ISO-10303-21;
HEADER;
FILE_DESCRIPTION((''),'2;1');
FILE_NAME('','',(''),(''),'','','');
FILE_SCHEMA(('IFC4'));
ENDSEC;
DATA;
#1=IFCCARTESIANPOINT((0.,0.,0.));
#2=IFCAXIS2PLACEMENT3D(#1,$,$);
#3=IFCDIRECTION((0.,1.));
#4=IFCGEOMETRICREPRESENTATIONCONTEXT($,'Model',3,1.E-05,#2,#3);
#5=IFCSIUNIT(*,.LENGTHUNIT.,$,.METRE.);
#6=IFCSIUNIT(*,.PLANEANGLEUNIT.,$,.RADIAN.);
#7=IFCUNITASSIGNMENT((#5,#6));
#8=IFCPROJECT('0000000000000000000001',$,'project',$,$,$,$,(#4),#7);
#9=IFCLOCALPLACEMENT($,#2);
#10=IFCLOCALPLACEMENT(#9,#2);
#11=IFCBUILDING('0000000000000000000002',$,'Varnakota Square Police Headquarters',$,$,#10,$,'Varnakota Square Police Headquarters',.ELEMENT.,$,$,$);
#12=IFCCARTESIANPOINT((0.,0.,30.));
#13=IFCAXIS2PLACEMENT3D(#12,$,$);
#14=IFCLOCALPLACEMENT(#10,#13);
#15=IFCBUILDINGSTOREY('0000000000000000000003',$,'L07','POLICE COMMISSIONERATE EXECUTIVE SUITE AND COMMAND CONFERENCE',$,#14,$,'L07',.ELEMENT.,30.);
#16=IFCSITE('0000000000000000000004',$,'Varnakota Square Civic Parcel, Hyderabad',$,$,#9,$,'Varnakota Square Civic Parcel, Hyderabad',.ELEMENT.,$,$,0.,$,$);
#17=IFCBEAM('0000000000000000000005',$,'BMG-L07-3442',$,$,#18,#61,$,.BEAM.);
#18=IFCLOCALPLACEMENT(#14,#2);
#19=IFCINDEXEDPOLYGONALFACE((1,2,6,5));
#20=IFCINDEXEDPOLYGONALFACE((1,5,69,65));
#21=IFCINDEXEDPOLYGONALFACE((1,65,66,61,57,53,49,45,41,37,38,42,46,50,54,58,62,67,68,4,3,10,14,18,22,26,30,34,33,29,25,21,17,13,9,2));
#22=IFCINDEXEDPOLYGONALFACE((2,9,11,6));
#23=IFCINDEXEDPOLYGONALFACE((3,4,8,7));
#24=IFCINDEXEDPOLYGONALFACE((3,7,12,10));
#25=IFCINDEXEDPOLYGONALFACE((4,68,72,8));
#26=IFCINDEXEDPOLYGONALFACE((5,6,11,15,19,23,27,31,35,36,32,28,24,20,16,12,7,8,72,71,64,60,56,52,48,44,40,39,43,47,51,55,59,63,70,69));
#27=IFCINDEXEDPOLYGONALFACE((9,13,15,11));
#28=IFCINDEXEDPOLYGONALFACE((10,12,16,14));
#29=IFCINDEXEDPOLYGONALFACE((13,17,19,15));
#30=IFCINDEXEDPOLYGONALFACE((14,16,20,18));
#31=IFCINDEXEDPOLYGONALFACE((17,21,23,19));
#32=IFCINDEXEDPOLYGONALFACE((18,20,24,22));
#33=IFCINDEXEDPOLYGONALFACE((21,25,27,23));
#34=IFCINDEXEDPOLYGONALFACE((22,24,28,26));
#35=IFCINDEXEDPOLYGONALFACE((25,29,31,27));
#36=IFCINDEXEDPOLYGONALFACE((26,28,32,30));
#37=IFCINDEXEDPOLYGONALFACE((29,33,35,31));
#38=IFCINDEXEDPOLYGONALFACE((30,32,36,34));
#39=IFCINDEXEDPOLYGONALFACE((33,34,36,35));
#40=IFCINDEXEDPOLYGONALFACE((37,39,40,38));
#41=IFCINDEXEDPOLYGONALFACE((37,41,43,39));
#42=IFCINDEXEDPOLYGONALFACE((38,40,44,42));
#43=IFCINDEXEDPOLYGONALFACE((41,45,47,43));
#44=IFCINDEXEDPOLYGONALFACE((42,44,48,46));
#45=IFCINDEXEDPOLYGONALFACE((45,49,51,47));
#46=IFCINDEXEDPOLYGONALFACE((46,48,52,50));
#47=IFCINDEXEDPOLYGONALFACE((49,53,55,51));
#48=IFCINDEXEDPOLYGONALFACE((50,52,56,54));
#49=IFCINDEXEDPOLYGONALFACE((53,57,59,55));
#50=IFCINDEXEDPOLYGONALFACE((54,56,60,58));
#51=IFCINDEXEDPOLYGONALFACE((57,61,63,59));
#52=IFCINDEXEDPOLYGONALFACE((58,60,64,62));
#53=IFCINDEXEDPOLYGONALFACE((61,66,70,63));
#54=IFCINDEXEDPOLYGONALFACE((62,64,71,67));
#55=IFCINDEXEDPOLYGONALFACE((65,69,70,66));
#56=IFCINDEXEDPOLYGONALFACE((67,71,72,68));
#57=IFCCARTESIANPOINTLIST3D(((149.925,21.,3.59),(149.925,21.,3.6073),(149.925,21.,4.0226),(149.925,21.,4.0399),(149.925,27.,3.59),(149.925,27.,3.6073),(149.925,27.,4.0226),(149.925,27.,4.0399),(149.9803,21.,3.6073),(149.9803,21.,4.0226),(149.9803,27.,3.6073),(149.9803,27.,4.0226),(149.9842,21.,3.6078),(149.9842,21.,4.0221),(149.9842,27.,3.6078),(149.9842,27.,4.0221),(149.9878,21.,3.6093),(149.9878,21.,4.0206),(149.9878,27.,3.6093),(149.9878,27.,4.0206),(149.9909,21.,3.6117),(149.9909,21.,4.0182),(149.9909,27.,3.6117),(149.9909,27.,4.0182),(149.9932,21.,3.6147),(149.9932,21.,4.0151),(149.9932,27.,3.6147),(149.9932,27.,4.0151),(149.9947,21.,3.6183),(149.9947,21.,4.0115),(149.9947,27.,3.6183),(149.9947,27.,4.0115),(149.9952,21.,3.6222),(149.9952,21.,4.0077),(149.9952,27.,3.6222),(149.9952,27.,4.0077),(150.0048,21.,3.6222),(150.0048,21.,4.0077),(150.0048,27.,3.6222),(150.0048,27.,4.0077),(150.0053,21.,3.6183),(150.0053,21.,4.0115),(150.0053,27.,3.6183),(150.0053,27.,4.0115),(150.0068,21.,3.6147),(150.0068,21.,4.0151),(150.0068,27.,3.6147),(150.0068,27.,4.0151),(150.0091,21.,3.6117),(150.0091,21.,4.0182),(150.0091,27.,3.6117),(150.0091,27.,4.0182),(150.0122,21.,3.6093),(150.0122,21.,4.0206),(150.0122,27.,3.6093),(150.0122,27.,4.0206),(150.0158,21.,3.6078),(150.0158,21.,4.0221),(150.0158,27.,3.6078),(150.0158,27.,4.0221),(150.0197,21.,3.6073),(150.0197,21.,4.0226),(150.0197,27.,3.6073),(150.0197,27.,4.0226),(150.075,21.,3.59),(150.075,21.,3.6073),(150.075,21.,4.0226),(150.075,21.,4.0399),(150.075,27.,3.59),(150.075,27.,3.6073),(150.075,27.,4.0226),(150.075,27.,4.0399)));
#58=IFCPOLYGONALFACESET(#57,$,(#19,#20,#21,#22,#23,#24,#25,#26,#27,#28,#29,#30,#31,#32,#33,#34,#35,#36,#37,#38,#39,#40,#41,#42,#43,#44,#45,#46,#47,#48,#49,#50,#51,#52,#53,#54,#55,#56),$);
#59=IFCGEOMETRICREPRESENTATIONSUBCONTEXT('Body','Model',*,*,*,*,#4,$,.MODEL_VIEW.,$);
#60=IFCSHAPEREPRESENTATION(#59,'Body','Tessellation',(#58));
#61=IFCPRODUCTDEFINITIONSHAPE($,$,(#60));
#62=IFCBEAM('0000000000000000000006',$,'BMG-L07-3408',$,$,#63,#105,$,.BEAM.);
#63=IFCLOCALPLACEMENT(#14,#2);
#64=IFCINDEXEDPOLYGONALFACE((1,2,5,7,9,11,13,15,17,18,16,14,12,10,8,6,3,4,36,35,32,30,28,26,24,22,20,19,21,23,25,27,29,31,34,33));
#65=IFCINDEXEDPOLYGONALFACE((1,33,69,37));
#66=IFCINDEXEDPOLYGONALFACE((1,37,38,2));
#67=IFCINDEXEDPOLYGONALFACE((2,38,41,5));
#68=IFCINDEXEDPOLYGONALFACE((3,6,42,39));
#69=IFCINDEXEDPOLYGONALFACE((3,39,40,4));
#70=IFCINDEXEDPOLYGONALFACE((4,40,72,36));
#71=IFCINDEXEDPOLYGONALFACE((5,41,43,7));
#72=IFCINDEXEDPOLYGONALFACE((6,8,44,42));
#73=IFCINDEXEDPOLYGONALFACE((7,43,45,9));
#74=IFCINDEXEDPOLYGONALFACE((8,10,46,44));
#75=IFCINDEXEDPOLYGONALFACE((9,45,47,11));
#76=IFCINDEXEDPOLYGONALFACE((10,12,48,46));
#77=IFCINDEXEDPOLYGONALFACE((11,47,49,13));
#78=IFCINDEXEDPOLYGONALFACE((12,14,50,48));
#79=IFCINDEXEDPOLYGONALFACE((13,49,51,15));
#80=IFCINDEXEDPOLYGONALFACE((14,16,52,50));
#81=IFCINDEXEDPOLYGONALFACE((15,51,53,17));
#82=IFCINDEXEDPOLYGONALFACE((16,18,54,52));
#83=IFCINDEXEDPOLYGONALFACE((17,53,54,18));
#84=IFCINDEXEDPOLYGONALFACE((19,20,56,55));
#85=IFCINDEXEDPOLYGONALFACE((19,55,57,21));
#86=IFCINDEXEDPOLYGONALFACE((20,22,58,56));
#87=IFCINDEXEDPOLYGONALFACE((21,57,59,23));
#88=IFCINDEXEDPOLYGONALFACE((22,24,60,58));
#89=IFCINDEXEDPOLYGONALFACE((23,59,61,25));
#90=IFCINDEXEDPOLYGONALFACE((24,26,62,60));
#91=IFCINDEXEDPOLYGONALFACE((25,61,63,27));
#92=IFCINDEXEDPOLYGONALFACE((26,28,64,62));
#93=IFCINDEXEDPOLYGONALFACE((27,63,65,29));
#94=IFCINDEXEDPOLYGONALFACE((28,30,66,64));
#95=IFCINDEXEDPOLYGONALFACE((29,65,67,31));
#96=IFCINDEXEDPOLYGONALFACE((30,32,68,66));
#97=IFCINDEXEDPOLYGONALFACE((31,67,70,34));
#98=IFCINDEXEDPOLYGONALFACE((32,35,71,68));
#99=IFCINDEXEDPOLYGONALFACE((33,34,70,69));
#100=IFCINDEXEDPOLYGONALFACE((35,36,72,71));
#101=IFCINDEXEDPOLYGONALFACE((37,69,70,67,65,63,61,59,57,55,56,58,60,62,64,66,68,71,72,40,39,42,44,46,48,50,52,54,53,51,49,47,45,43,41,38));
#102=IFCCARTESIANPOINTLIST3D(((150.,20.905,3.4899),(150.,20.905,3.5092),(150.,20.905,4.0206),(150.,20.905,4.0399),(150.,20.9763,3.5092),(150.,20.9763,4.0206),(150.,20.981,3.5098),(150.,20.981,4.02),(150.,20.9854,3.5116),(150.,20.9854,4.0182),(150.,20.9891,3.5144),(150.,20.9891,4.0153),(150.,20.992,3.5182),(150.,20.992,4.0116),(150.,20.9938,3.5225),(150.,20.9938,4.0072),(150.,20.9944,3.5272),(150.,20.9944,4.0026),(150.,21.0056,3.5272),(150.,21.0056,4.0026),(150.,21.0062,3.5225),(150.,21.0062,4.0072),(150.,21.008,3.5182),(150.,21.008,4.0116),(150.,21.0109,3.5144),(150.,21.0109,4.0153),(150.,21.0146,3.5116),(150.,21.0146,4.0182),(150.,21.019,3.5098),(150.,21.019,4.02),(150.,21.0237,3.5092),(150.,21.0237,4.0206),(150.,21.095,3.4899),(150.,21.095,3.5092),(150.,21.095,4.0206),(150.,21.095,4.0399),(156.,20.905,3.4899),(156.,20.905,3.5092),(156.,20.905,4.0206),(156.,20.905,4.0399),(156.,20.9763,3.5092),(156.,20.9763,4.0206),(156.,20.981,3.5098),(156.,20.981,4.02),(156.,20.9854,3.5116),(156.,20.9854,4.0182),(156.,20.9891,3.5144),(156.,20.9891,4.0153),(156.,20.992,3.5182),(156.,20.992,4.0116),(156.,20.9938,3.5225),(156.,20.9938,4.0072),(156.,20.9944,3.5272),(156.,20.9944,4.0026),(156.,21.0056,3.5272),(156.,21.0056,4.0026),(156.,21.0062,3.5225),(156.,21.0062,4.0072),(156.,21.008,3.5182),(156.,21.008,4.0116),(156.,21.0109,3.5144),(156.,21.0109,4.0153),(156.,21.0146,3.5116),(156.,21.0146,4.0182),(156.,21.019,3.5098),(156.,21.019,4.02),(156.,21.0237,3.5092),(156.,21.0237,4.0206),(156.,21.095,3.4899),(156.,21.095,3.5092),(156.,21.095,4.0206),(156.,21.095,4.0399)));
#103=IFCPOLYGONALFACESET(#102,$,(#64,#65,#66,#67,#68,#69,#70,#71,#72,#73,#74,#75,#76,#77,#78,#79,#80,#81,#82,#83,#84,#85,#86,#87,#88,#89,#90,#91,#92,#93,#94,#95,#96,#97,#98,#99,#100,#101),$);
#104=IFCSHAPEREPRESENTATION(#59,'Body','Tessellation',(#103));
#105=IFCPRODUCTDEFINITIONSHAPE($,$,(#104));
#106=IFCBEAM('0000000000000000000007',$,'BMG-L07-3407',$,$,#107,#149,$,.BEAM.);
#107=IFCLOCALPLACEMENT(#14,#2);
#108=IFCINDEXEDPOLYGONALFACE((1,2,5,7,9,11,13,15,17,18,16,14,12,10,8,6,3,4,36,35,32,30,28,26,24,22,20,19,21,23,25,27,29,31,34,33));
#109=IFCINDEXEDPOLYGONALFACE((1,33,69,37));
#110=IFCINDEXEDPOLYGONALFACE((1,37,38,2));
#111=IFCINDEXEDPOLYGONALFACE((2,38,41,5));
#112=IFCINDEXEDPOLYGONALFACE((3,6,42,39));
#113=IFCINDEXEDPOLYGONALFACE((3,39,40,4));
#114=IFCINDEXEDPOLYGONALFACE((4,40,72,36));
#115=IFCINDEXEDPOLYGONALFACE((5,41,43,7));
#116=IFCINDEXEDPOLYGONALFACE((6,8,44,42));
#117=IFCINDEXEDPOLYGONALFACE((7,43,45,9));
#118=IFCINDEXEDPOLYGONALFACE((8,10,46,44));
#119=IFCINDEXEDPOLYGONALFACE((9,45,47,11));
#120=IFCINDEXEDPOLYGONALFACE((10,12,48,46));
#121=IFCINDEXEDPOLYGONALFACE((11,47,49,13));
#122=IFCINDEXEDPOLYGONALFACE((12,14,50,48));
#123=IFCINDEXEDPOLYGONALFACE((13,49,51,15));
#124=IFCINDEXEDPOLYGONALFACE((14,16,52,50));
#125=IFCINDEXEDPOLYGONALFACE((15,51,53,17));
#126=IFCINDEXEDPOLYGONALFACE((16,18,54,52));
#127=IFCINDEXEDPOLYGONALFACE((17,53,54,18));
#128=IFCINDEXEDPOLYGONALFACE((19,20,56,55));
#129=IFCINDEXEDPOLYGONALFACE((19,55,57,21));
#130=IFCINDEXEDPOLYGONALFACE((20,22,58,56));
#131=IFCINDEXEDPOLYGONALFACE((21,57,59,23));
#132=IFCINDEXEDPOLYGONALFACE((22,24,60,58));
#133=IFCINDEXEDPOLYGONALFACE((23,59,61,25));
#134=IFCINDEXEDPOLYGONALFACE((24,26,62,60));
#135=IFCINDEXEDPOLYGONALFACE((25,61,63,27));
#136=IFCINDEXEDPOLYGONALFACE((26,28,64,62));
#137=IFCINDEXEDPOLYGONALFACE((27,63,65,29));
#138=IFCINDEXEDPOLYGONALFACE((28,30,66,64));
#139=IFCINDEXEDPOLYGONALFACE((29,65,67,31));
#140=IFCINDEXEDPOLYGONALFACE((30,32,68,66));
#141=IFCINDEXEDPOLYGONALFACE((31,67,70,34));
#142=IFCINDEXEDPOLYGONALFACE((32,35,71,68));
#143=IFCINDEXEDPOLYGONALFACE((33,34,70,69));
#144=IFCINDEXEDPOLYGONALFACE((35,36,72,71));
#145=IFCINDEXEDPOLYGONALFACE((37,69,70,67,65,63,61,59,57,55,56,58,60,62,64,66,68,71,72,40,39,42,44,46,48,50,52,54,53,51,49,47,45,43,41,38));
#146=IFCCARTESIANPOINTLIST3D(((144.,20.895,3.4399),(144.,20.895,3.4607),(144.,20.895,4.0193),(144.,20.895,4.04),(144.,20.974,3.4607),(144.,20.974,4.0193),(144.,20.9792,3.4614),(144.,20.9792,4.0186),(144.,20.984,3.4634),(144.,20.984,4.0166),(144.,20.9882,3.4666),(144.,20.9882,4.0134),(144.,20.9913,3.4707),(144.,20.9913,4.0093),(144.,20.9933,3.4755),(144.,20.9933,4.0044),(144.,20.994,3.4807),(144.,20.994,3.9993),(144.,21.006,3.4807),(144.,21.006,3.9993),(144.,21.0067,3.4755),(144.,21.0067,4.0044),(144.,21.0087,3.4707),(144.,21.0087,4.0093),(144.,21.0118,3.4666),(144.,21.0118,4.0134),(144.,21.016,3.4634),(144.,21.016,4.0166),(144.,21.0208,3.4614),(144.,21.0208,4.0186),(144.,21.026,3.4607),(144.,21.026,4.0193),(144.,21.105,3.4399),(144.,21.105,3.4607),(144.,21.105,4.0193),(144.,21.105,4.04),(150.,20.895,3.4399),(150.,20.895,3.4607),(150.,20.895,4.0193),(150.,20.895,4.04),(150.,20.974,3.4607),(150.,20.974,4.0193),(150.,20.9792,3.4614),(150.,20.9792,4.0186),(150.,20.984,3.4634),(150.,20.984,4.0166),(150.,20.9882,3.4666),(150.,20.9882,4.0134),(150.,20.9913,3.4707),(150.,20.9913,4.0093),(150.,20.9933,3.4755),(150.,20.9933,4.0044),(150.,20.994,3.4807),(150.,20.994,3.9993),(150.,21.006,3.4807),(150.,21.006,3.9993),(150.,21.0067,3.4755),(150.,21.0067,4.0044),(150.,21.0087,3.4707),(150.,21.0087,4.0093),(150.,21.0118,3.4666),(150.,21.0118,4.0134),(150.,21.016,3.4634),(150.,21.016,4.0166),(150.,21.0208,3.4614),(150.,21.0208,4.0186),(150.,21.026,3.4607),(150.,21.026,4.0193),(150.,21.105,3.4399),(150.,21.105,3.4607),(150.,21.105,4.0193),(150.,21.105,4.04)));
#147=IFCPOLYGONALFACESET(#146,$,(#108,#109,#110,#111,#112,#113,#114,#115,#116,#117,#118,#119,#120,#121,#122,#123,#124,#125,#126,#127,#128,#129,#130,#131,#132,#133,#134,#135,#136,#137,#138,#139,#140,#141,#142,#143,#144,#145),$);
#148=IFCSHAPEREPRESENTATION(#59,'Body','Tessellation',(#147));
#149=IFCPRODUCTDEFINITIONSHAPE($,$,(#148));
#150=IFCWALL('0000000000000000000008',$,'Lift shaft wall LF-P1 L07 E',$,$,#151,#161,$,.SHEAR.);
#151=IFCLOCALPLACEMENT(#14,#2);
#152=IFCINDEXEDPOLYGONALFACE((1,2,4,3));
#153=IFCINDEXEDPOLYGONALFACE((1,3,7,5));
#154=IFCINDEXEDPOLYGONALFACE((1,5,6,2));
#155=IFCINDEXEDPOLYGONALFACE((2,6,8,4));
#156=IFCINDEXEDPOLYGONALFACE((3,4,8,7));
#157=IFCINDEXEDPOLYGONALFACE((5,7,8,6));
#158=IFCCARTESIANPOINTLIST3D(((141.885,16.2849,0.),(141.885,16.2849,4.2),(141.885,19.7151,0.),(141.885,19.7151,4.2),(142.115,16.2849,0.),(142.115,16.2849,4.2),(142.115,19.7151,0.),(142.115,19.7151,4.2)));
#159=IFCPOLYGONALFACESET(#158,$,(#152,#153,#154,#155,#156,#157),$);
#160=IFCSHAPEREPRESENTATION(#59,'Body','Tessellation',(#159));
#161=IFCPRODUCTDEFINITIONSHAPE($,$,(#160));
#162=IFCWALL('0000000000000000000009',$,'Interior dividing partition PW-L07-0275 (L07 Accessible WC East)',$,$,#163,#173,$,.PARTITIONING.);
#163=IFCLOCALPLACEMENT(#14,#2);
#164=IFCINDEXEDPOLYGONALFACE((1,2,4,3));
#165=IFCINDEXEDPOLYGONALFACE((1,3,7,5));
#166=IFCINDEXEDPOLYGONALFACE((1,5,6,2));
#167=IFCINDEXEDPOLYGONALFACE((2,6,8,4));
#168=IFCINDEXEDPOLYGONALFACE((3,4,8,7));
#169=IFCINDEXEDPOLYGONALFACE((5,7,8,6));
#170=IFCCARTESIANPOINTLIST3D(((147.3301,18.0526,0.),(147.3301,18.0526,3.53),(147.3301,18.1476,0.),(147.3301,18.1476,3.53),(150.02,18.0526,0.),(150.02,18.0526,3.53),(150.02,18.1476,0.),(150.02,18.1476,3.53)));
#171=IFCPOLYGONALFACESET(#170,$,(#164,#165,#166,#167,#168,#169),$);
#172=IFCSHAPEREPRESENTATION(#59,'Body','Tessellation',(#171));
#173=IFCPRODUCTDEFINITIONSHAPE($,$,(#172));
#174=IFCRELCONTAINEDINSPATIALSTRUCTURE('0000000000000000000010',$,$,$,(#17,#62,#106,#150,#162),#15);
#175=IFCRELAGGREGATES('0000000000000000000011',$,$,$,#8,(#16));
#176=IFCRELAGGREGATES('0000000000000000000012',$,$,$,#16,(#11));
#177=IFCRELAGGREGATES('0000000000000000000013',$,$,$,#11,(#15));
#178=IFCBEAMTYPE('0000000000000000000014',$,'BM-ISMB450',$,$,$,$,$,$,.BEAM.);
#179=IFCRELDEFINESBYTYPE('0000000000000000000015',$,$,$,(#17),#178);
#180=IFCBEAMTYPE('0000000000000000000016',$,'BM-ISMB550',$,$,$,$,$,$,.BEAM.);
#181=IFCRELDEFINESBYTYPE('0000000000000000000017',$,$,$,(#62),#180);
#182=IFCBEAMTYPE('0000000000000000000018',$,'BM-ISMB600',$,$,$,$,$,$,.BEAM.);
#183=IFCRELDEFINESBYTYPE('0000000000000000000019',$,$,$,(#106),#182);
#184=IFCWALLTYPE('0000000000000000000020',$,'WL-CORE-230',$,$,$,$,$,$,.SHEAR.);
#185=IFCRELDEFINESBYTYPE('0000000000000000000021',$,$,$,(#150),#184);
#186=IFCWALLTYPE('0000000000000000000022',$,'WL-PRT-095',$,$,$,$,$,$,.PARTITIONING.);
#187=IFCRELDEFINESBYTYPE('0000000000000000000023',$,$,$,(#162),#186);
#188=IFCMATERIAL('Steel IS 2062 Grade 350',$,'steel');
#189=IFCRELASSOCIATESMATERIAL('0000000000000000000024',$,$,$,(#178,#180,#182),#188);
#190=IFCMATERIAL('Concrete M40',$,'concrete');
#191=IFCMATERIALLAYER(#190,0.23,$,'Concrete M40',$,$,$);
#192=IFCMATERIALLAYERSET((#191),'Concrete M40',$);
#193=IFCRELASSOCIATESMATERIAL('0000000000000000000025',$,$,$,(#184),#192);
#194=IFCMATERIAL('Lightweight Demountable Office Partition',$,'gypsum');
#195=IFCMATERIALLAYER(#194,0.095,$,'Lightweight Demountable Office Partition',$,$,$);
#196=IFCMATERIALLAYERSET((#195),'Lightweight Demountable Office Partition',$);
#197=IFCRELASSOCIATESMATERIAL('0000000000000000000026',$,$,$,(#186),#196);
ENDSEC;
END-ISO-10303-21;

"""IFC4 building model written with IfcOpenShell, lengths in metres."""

from ifc_helpers import new_model, si_unit, direction, frame, frame_2d, origin, origin_2d, place, context, subcontext, project, spatial, rectangle, i_section, extrude, material, layer, layer_set, material_profile, profile_set, type_object, element, save


model = new_model("IFC4")

# Units and contexts
model_context = context("Model", 3, precision=1e-05, world=origin(), true_north=direction((0.0, 1.0)))
body_context = subcontext(model_context, "Body", "Model", "MODEL_VIEW")
ifc_project = project(units=[si_unit("LENGTHUNIT", "METRE"), si_unit("PLANEANGLEUNIT", "RADIAN")], contexts=[model_context])

# Site, building, storey
site_placement = place(None, origin())
site = spatial("IfcSite", under=ifc_project, at=site_placement, Name="Varnakota Square Civic Parcel, Hyderabad", LongName="Varnakota Square Civic Parcel, Hyderabad", CompositionType="ELEMENT", RefElevation=0.0)
building_placement = place(site_placement, origin())
building = spatial("IfcBuilding", under=site, at=building_placement, Name="Varnakota Square Police Headquarters", LongName="Varnakota Square Police Headquarters", CompositionType="ELEMENT")
storey_placement = place(building_placement, frame((0.0, 0.0, 30.0)))
storey = spatial("IfcBuildingStorey", under=building, at=storey_placement, Name="L07", Description="POLICE COMMISSIONERATE EXECUTIVE SUITE AND COMMAND CONFERENCE", LongName="L07", CompositionType="ELEMENT", Elevation=30.0)

# Shared definitions
ifc_material_1 = material(Name="Steel IS 2062 Grade 350", Category="steel")

# Beams
ifc_material_profile_1 = material_profile(ifc_material_1, i_section(OverallWidth=0.1499, OverallDepth=0.45, WebThickness=0.0095, FlangeThickness=0.0173, FilletRadius=0.0149, at=origin_2d()), Name="ISMB 450")
ifc_profile_set_1 = profile_set([ifc_material_profile_1], Name="Steel IS 2062 Grade 350")
beam_type_1 = type_object("IfcBeamType", Name="BM-ISMB450", PredefinedType="BEAM", material=ifc_profile_set_1)
for number, where, z_axis, x_axis, name in (
    (1, (150.0, 21.0, 3.8149), (0.0, 1.0, 0.0), (-1.0, 0.0, 0.0), "BMG-L07-3442"),
):
    element("IfcBeam", number, at=place(storey_placement, frame(where, z_axis=z_axis, x_axis=x_axis)), inside=storey, type_object=beam_type_1, Name=name, PredefinedType="BEAM", context=body_context, shape_type="SweptSolid", body=[
        extrude(i_section(OverallWidth=0.1499, OverallDepth=0.45, WebThickness=0.0095, FlangeThickness=0.0173, FilletRadius=0.0149, at=origin_2d()), origin(), (0.0, 0.0, 1.0), 6.0),
    ])
ifc_material_profile_2 = material_profile(ifc_material_1, i_section(OverallWidth=0.1899, OverallDepth=0.55, WebThickness=0.0112, FlangeThickness=0.0193, FilletRadius=0.0181, at=origin_2d()), Name="ISMB 550")
ifc_profile_set_2 = profile_set([ifc_material_profile_2], Name="Steel IS 2062 Grade 350")
beam_type_2 = type_object("IfcBeamType", Name="BM-ISMB550", PredefinedType="BEAM", material=ifc_profile_set_2)
beam_1_placement = place(storey_placement, frame((150.0, 21.0, 3.7649), z_axis=(1.0, 0.0, 0.0), x_axis=(0.0, 1.0, 0.0)))
element("IfcBeam", 2, at=beam_1_placement, inside=storey, type_object=beam_type_2, Name="BMG-L07-3408", PredefinedType="BEAM", context=body_context, shape_type="SweptSolid", body=[
    extrude(i_section(OverallWidth=0.1899, OverallDepth=0.55, WebThickness=0.0112, FlangeThickness=0.0193, FilletRadius=0.0181, at=origin_2d()), origin(), (0.0, 0.0, 1.0), 6.0),
])
ifc_material_profile_3 = material_profile(ifc_material_1, i_section(OverallWidth=0.21, OverallDepth=0.6001, WebThickness=0.012, FlangeThickness=0.0208, FilletRadius=0.02, at=origin_2d()), Name="ISMB 600")
ifc_profile_set_3 = profile_set([ifc_material_profile_3], Name="Steel IS 2062 Grade 350")
beam_type_3 = type_object("IfcBeamType", Name="BM-ISMB600", PredefinedType="BEAM", material=ifc_profile_set_3)
beam_2_placement = place(storey_placement, frame((144.0, 21.0, 3.74), z_axis=(1.0, 0.0, 0.0), x_axis=(0.0, 1.0, 0.0)))
element("IfcBeam", 3, at=beam_2_placement, inside=storey, type_object=beam_type_3, Name="BMG-L07-3407", PredefinedType="BEAM", context=body_context, shape_type="SweptSolid", body=[
    extrude(i_section(OverallWidth=0.21, OverallDepth=0.6001, WebThickness=0.012, FlangeThickness=0.0208, FilletRadius=0.02, at=origin_2d()), origin(), (0.0, 0.0, 1.0), 6.0),
])

# Wall
ifc_material_2 = material(Name="Concrete M40", Category="concrete")
ifc_layer_1 = layer(ifc_material_2, 0.23, Name="Concrete M40")
ifc_layer_set_1 = layer_set([ifc_layer_1], Name="Concrete M40")
wall_type_1 = type_object("IfcWallType", Name="WL-CORE-230", PredefinedType="SHEAR", material=ifc_layer_set_1)
wall_1_placement = place(storey_placement, frame((142.0, 16.2849, 0.0), z_axis=(0.0, 0.0, 1.0), x_axis=(0.0, 1.0, 0.0)))
element("IfcWall", 4, at=wall_1_placement, inside=storey, type_object=wall_type_1, Name="Lift shaft wall LF-P1 L07 E", PredefinedType="SHEAR", context=body_context, shape_type="SweptSolid", body=[
    extrude(rectangle(XDim=3.4302, YDim=0.23, at=frame_2d((1.7151, 0.0))), origin(), (0.0, 0.0, 1.0), 4.2),
])

# Wall
ifc_material_3 = material(Name="Lightweight Demountable Office Partition", Category="gypsum")
ifc_layer_2 = layer(ifc_material_3, 0.095, Name="Lightweight Demountable Office Partition")
ifc_layer_set_2 = layer_set([ifc_layer_2], Name="Lightweight Demountable Office Partition")
wall_type_2 = type_object("IfcWallType", Name="WL-PRT-095", PredefinedType="PARTITIONING", material=ifc_layer_set_2)
wall_2_placement = place(storey_placement, frame((147.3301, 18.1001, 0.0), z_axis=(0.0, 0.0, 1.0), x_axis=(1.0, 0.0, 0.0)))
element("IfcWall", 5, at=wall_2_placement, inside=storey, type_object=wall_type_2, Name="Interior dividing partition PW-L07-0275 (L07 Accessible WC East)", PredefinedType="PARTITIONING", context=body_context, shape_type="SweptSolid", body=[
    extrude(rectangle(XDim=2.6899, YDim=0.095, at=frame_2d((1.345, 0.0))), origin(), (0.0, 0.0, 1.0), 3.53),
])

save(model, "model.ifc")
